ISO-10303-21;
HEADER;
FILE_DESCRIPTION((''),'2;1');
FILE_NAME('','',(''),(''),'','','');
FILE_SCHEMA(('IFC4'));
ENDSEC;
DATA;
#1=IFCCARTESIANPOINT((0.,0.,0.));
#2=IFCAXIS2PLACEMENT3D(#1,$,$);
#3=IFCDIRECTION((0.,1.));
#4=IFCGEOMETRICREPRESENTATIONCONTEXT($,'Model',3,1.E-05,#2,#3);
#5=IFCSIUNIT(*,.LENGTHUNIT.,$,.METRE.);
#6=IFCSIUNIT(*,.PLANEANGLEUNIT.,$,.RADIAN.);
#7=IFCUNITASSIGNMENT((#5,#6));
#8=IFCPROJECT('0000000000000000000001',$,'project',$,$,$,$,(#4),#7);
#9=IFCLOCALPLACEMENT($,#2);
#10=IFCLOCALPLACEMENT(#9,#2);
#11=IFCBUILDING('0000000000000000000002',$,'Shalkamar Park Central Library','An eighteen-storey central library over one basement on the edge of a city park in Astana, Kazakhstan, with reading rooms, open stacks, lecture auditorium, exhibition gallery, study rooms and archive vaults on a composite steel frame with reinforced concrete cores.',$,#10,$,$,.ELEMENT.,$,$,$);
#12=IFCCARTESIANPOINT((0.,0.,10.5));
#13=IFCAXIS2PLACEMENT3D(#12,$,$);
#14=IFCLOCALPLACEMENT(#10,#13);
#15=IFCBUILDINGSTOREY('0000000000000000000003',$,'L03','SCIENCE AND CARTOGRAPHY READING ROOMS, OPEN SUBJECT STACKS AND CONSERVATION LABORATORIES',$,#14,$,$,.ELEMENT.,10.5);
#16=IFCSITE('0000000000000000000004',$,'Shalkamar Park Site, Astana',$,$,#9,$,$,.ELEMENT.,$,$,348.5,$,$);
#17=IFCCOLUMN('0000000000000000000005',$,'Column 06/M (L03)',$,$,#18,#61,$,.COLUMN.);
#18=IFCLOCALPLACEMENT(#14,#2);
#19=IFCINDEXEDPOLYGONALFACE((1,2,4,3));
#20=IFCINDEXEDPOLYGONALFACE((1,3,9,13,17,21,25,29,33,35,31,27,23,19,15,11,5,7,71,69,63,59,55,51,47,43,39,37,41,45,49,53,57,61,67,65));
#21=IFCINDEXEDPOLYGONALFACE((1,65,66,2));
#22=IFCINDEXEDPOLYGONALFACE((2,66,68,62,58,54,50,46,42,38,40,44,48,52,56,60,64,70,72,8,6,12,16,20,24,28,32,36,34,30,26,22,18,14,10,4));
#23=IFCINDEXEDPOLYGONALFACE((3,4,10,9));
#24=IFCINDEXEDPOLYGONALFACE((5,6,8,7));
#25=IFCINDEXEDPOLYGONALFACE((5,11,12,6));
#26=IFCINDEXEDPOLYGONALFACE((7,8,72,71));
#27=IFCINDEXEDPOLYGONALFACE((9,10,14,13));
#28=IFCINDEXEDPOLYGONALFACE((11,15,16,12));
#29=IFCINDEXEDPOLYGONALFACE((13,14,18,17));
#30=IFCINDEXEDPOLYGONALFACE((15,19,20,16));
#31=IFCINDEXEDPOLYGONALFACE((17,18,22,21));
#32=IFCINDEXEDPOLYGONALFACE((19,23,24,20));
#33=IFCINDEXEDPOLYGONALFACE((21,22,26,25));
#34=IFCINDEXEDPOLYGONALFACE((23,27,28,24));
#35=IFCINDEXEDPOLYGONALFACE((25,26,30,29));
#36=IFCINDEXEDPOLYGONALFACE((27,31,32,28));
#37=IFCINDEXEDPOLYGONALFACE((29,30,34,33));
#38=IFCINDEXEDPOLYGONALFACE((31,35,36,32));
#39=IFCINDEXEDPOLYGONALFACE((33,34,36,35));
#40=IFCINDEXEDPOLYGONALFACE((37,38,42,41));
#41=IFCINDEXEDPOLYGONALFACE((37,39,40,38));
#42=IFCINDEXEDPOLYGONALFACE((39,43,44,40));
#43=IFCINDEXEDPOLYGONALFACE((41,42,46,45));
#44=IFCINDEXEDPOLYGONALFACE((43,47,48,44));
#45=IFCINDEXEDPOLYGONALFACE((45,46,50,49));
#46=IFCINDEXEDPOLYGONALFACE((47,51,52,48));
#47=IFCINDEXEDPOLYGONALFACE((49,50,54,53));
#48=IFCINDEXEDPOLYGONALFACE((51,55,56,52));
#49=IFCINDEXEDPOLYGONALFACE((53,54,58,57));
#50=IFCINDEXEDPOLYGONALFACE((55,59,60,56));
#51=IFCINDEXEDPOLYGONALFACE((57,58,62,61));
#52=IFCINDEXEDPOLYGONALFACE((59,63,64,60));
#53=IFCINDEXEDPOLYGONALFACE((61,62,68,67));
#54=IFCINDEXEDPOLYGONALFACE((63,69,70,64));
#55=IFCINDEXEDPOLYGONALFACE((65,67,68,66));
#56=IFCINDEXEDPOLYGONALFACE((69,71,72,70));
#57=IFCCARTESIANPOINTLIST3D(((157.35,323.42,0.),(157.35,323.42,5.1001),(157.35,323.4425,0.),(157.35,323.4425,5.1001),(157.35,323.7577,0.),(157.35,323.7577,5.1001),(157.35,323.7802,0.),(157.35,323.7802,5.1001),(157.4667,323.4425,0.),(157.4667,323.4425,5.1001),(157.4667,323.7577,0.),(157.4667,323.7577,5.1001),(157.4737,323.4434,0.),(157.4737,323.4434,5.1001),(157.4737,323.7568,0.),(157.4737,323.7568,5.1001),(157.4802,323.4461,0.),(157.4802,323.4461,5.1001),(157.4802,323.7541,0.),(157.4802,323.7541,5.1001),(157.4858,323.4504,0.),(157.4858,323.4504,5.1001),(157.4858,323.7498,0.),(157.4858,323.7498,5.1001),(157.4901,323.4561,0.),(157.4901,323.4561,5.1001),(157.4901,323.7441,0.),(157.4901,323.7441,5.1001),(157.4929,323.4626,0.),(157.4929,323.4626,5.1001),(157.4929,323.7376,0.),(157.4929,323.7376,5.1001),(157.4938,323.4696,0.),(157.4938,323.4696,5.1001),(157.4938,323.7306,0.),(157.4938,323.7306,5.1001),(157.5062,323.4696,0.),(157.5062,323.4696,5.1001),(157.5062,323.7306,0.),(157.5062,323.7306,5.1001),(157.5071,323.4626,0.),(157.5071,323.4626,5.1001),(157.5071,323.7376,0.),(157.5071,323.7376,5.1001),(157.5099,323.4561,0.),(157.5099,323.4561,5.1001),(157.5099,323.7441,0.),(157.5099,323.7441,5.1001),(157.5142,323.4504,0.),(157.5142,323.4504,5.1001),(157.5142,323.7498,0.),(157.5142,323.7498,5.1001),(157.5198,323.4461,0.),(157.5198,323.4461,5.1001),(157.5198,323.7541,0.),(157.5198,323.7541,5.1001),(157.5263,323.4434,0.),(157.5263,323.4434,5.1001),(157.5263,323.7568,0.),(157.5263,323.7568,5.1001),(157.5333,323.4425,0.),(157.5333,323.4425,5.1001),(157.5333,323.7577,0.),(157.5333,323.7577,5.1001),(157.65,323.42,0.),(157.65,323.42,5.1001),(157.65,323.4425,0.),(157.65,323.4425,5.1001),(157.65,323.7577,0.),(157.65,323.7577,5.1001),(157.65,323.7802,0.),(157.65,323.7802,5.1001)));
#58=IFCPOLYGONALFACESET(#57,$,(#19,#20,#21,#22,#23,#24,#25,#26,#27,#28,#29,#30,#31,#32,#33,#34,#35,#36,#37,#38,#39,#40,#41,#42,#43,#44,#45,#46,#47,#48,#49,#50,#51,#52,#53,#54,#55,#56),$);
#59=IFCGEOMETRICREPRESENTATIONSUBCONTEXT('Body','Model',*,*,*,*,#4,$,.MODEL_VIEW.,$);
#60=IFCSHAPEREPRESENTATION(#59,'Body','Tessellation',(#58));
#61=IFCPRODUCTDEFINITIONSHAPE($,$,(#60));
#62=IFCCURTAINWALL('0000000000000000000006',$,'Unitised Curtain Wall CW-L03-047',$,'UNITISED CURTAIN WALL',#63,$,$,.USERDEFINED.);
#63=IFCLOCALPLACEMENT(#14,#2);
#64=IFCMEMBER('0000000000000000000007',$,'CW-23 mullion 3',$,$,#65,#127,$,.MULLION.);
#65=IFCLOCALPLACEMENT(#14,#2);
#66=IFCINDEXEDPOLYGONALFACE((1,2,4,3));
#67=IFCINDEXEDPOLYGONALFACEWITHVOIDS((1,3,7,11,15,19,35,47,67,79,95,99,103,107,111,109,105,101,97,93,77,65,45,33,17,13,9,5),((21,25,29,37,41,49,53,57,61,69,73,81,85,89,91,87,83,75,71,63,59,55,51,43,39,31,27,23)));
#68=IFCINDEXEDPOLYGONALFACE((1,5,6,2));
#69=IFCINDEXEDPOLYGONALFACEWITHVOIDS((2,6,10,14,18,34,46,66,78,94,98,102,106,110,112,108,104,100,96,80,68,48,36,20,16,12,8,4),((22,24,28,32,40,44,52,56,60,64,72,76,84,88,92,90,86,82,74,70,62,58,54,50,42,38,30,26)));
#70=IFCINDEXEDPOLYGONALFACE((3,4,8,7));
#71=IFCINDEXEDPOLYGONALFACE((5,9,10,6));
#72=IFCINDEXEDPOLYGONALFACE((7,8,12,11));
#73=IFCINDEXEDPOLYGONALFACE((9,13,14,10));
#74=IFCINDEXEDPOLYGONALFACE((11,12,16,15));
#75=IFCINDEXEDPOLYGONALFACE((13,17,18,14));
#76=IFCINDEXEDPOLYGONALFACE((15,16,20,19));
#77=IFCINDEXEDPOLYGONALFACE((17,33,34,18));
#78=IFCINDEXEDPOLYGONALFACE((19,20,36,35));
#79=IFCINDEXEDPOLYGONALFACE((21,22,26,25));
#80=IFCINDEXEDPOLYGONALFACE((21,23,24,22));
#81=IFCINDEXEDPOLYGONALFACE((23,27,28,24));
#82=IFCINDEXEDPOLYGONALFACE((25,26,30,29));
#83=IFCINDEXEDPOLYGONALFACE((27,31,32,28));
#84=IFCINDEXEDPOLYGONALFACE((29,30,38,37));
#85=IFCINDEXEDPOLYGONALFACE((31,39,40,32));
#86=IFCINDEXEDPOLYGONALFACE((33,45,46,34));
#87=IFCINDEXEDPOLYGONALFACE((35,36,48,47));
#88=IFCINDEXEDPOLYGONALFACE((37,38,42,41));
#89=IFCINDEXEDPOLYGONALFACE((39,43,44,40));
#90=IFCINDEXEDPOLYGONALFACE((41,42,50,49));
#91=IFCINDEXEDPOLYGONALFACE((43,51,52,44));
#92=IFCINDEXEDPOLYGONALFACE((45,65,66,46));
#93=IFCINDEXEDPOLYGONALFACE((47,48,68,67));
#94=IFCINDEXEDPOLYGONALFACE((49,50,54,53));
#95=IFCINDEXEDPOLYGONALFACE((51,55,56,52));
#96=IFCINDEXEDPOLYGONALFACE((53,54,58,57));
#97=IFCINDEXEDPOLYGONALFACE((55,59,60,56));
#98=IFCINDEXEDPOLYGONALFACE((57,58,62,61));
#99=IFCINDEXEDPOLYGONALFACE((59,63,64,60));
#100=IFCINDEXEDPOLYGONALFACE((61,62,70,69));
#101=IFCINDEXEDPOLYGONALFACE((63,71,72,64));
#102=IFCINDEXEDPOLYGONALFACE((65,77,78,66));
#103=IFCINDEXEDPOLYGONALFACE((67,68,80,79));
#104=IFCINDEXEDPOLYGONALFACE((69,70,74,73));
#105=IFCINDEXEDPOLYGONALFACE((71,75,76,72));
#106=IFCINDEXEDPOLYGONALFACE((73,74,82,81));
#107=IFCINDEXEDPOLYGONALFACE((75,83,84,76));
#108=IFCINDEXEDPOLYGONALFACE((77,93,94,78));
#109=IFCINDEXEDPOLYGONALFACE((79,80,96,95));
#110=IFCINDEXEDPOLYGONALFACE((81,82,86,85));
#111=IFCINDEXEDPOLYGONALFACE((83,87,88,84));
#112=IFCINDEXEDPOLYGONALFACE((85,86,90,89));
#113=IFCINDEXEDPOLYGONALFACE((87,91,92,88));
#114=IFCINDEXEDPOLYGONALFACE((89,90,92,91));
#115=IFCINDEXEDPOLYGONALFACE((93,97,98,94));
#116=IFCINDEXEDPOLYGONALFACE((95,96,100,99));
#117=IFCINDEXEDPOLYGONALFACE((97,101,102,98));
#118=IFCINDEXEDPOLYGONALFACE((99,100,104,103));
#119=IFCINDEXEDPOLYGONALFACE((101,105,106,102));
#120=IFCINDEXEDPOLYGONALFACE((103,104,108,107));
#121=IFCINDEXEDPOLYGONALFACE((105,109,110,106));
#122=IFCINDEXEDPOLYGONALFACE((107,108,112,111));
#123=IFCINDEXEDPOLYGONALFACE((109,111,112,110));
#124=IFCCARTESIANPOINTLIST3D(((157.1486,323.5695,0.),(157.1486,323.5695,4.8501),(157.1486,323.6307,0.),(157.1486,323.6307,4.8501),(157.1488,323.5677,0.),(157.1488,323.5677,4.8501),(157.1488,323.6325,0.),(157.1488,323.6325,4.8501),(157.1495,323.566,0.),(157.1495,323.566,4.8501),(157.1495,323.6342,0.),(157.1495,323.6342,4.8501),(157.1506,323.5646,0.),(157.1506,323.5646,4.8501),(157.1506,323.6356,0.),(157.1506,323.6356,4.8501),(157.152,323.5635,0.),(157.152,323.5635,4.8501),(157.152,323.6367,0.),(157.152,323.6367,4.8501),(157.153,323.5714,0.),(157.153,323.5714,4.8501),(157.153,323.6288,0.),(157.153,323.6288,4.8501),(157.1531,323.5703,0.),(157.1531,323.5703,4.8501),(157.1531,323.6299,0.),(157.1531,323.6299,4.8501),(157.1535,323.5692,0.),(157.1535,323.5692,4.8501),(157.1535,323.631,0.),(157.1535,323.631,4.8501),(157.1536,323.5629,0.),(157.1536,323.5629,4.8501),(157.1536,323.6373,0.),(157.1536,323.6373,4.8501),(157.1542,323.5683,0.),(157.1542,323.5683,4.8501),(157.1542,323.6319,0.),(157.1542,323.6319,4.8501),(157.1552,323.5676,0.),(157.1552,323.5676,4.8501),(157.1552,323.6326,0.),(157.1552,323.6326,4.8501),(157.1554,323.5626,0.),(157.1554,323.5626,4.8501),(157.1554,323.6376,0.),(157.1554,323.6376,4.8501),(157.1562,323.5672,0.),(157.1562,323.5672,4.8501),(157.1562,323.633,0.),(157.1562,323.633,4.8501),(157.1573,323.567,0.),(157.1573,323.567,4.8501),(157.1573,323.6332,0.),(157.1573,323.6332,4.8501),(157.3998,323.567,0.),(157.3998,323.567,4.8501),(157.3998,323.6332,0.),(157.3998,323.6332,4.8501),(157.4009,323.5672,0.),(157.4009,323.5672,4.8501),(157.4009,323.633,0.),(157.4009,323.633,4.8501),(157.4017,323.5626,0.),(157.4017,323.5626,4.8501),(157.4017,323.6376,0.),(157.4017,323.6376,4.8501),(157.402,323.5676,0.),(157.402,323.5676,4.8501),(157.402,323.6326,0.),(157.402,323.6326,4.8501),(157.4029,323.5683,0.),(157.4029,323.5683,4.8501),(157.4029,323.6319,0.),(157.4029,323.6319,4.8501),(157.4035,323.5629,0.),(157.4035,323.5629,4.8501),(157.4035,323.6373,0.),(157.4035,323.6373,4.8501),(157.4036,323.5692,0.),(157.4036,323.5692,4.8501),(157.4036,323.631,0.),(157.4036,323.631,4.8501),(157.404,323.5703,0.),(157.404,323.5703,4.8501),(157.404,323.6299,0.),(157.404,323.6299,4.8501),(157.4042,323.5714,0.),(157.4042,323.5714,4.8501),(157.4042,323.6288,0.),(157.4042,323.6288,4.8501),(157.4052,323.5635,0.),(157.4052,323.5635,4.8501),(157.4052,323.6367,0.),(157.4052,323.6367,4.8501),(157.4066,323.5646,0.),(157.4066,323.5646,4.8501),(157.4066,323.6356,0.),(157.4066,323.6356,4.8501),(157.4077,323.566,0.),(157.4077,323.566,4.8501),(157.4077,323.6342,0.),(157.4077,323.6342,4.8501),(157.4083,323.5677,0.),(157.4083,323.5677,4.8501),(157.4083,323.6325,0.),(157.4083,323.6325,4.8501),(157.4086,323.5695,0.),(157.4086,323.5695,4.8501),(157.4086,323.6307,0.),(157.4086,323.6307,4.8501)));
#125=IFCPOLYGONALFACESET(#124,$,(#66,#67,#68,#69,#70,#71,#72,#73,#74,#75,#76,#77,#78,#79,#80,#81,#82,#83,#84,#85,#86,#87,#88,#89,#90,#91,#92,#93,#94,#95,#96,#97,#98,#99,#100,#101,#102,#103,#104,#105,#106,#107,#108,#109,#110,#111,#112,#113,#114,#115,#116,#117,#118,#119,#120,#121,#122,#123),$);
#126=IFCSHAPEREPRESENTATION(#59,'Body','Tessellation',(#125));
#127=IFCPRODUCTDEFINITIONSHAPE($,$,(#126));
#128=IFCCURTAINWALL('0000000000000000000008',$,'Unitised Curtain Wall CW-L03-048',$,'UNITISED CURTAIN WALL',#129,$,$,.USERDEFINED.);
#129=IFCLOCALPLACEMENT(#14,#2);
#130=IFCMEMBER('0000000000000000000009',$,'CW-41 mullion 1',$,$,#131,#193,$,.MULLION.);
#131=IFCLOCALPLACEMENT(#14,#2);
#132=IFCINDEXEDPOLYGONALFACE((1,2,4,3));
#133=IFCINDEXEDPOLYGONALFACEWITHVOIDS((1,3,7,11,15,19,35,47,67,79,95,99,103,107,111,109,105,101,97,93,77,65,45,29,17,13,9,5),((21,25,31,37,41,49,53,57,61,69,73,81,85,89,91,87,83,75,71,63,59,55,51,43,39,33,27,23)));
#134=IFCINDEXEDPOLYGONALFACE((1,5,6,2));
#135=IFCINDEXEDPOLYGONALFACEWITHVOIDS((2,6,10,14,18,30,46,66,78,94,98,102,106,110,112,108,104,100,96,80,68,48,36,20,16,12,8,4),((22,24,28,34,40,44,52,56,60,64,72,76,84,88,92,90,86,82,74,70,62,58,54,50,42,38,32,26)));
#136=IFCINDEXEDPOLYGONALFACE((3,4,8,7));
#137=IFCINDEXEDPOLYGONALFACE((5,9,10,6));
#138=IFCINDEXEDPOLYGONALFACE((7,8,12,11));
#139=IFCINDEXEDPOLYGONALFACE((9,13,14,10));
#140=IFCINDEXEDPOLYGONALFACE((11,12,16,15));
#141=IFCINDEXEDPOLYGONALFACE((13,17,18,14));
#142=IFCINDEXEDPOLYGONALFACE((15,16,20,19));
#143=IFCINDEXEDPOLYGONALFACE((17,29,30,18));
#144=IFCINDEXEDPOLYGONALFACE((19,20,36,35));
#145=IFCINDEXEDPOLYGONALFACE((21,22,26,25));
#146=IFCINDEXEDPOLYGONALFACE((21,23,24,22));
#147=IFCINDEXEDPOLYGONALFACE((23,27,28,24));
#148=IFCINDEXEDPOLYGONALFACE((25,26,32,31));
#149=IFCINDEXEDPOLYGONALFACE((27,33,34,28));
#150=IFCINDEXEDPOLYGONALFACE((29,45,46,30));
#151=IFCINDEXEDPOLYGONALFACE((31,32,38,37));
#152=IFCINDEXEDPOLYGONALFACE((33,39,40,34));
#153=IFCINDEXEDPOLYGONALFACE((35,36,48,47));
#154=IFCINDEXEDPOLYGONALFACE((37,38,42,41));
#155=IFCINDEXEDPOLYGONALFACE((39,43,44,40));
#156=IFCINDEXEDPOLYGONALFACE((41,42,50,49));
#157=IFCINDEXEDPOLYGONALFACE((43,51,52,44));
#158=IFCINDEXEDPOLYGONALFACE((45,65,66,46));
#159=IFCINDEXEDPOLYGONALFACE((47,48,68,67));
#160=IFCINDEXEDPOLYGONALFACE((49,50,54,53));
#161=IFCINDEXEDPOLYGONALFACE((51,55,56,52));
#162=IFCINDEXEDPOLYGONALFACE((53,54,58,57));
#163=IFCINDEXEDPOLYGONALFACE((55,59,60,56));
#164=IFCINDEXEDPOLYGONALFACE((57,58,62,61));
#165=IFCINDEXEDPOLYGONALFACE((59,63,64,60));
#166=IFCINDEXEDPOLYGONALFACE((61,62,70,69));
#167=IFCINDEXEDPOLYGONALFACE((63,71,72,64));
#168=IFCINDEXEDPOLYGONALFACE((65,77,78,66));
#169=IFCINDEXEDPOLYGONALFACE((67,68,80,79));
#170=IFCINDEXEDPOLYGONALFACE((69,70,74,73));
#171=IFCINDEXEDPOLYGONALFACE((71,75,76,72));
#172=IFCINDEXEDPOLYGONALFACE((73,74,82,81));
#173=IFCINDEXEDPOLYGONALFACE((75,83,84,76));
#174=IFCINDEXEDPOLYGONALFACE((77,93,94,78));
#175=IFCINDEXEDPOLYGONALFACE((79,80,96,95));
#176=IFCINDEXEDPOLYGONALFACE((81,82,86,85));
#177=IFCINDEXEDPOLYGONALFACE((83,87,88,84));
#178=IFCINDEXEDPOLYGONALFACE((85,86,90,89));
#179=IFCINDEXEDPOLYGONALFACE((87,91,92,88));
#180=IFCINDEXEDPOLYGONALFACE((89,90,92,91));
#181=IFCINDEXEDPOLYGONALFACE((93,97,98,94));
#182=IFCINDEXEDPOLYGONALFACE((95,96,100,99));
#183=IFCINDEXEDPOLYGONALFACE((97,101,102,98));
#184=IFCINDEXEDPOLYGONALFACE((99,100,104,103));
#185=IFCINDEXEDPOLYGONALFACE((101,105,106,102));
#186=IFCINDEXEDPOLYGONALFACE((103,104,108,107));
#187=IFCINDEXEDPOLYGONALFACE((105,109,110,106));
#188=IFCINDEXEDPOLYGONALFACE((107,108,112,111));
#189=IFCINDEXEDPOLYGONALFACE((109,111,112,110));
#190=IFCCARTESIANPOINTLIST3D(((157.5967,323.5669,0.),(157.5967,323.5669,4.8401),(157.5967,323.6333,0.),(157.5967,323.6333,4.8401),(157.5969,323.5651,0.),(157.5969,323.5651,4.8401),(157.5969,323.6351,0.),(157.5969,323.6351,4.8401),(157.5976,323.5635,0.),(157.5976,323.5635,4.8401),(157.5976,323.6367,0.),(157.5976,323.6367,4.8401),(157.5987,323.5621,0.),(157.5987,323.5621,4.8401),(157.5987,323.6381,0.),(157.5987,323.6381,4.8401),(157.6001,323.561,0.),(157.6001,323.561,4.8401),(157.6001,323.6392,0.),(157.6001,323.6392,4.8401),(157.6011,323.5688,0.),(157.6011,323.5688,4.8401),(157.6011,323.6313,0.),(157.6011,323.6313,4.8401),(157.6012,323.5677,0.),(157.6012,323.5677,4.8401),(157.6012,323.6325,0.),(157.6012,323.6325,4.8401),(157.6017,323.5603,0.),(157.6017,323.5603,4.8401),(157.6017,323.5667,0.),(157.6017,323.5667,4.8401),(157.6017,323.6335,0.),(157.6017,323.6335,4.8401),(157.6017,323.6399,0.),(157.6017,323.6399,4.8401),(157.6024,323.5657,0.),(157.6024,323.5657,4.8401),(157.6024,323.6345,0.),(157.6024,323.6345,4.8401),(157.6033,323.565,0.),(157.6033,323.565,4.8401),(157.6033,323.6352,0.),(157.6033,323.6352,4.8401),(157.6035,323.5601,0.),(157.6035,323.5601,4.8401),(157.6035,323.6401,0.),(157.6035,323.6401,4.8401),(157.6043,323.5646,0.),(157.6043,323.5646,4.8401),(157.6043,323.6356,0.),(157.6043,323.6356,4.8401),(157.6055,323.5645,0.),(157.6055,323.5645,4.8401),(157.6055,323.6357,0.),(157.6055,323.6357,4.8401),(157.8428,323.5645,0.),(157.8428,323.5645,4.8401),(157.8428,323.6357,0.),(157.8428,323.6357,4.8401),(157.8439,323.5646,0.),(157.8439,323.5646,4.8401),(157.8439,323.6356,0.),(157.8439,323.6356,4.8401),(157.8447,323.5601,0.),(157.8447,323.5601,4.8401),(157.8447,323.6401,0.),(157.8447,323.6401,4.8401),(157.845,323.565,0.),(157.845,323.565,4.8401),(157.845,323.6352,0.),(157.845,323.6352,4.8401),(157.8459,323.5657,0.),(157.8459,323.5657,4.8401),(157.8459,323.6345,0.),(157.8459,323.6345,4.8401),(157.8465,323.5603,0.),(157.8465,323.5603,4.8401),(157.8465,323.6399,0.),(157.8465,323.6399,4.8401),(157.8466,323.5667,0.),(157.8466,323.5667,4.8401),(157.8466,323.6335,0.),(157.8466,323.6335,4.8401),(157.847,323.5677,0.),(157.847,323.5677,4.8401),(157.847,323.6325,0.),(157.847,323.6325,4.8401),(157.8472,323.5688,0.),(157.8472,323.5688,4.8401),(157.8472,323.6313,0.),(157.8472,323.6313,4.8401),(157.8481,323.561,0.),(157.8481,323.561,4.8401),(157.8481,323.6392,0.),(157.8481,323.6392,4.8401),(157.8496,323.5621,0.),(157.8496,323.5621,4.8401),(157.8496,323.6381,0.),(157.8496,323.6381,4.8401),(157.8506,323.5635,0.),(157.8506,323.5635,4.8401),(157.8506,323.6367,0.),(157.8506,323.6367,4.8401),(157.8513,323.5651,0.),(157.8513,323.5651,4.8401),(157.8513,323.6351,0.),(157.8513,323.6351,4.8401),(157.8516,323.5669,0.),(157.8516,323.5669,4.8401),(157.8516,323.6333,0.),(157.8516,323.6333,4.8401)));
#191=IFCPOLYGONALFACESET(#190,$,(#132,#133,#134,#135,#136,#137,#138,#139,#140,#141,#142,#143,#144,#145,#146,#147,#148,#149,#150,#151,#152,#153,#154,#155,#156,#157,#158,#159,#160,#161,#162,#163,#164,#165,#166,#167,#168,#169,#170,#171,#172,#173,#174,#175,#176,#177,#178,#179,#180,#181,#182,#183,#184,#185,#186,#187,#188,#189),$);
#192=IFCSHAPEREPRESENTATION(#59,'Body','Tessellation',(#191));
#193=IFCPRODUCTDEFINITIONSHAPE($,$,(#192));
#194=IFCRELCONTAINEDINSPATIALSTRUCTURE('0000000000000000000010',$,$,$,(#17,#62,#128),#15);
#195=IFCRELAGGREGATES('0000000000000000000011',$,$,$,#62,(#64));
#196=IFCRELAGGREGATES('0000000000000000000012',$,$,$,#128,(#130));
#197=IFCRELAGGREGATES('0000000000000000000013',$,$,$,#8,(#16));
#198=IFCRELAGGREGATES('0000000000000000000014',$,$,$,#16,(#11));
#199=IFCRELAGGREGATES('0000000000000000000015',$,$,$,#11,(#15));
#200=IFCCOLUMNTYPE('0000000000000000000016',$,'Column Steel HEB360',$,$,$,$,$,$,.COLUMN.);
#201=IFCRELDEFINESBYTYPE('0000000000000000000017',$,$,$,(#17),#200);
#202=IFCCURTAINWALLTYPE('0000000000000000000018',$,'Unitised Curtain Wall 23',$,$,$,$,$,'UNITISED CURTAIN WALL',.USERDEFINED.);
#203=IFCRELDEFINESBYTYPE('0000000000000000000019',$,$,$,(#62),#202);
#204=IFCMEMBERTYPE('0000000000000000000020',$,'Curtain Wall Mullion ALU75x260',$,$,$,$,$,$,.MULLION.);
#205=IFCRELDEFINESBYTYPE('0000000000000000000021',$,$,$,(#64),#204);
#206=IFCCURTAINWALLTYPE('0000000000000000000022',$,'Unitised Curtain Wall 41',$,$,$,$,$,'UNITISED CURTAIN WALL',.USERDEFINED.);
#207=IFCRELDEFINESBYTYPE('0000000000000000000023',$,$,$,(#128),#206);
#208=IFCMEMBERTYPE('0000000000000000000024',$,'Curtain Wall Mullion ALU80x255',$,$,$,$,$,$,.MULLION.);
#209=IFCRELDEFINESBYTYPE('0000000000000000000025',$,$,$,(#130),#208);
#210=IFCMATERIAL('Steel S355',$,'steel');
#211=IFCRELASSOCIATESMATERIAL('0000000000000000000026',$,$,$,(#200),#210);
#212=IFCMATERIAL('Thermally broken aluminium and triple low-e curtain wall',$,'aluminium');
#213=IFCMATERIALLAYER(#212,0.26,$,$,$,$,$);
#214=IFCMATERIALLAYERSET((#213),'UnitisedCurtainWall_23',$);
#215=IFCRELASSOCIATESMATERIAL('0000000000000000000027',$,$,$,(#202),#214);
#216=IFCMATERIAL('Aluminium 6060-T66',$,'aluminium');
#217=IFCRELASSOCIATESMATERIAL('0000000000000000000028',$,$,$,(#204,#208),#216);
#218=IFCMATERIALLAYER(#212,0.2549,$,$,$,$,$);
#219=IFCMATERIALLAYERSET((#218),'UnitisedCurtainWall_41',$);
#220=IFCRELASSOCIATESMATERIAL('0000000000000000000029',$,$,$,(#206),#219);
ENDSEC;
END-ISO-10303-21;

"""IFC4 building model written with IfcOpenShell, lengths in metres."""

from ifc_helpers import new_model, si_unit, direction, frame, origin, origin_2d, place, context, subcontext, project, spatial, hollow_rectangle, i_section, extrude, material, layer, layer_set, material_profile, profile_set, type_object, element, aggregate, save


model = new_model("IFC4")

# Units and contexts
model_context = context("Model", 3, precision=1e-05, world=origin(), true_north=direction((0.0, 1.0)))
body_context = subcontext(model_context, "Body", "Model", "MODEL_VIEW")
ifc_project = project(units=[si_unit("LENGTHUNIT", "METRE"), si_unit("PLANEANGLEUNIT", "RADIAN")], contexts=[model_context])

# Site, building, storey
site_placement = place(None, origin())
site = spatial("IfcSite", under=ifc_project, at=site_placement, Name="Shalkamar Park Site, Astana", CompositionType="ELEMENT", RefElevation=348.5)
building_placement = place(site_placement, origin())
building = spatial("IfcBuilding", under=site, at=building_placement, Name="Shalkamar Park Central Library", Description="An eighteen-storey central library over one basement on the edge of a city park in Astana, Kazakhstan, with reading rooms, open stacks, lecture auditorium, exhibition gallery, study rooms and archive vaults on a composite steel frame with reinforced concrete cores.", CompositionType="ELEMENT")
storey_placement = place(building_placement, frame((0.0, 0.0, 10.5)))
storey = spatial("IfcBuildingStorey", under=building, at=storey_placement, Name="L03", Description="SCIENCE AND CARTOGRAPHY READING ROOMS, OPEN SUBJECT STACKS AND CONSERVATION LABORATORIES", CompositionType="ELEMENT", Elevation=10.5)

# Column
ifc_material_1 = material(Name="Steel S355", Category="steel")
ifc_material_profile_1 = material_profile(ifc_material_1, i_section(OverallWidth=0.3, OverallDepth=0.3601, WebThickness=0.0125, FlangeThickness=0.0225, FilletRadius=0.0271, at=origin_2d()), Name="HEB 360")
ifc_profile_set_1 = profile_set([ifc_material_profile_1], Name="Steel S355")
column_type = type_object("IfcColumnType", Name="Column Steel HEB360", PredefinedType="COLUMN", material=ifc_profile_set_1)
column_placement = place(storey_placement, frame((157.5, 323.6001, 0.0), z_axis=(0.0, 0.0, 1.0), x_axis=(1.0, 0.0, 0.0)))
element("IfcColumn", 1, at=column_placement, inside=storey, type_object=column_type, Name="Column 06/M (L03)", PredefinedType="COLUMN", context=body_context, shape_type="SweptSolid", body=[
    extrude(i_section(OverallWidth=0.3, OverallDepth=0.3601, WebThickness=0.0125, FlangeThickness=0.0225, FilletRadius=0.0271, at=origin_2d()), origin(), (0.0, 0.0, 1.0), 5.1001),
])

# Curtain wall, member
ifc_material_2 = material(Name="Thermally broken aluminium and triple low-e curtain wall", Category="aluminium")
ifc_layer_1 = layer(ifc_material_2, 0.26)
ifc_layer_set_1 = layer_set([ifc_layer_1], Name="UnitisedCurtainWall_23")
curtain_wall_type_1 = type_object("IfcCurtainWallType", Name="Unitised Curtain Wall 23", ElementType="UNITISED CURTAIN WALL", PredefinedType="USERDEFINED", material=ifc_layer_set_1)
curtain_wall_1_placement = place(storey_placement, origin())
curtain_wall_1 = element("IfcCurtainWall", 2, at=curtain_wall_1_placement, inside=storey, type_object=curtain_wall_type_1, Name="Unitised Curtain Wall CW-L03-047", ObjectType="UNITISED CURTAIN WALL", PredefinedType="USERDEFINED")
ifc_material_3 = material(Name="Aluminium 6060-T66", Category="aluminium")
ifc_material_profile_2 = material_profile(ifc_material_3, hollow_rectangle(XDim=0.075, YDim=0.26, WallThickness=0.0044, InnerFilletRadius=0.0044, OuterFilletRadius=0.0068, at=origin_2d()), Name="ALU 75x260x4.5")
ifc_profile_set_2 = profile_set([ifc_material_profile_2], Name="Aluminium 6060-T66")
member_type_1 = type_object("IfcMemberType", Name="Curtain Wall Mullion ALU75x260", PredefinedType="MULLION", material=ifc_profile_set_2)
member_1_placement = place(storey_placement, frame((157.2786, 323.6001, 0.0), z_axis=(0.0, 0.0, 1.0), x_axis=(0.0, 1.0, 0.0)))
member_1 = element("IfcMember", 3, at=member_1_placement, type_object=member_type_1, Name="CW-23 mullion 3", PredefinedType="MULLION", context=body_context, shape_type="SweptSolid", body=[
    extrude(hollow_rectangle(XDim=0.075, YDim=0.26, WallThickness=0.0044, InnerFilletRadius=0.0044, OuterFilletRadius=0.0068, at=origin_2d()), origin(), (0.0, 0.0, 1.0), 4.8501),
])

# Curtain wall, member
ifc_layer_2 = layer(ifc_material_2, 0.2549)
ifc_layer_set_2 = layer_set([ifc_layer_2], Name="UnitisedCurtainWall_41")
curtain_wall_type_2 = type_object("IfcCurtainWallType", Name="Unitised Curtain Wall 41", ElementType="UNITISED CURTAIN WALL", PredefinedType="USERDEFINED", material=ifc_layer_set_2)
curtain_wall_2_placement = place(storey_placement, origin())
curtain_wall_2 = element("IfcCurtainWall", 4, at=curtain_wall_2_placement, inside=storey, type_object=curtain_wall_type_2, Name="Unitised Curtain Wall CW-L03-048", ObjectType="UNITISED CURTAIN WALL", PredefinedType="USERDEFINED")
ifc_material_profile_3 = material_profile(ifc_material_3, hollow_rectangle(XDim=0.0801, YDim=0.2549, WallThickness=0.0044, InnerFilletRadius=0.0044, OuterFilletRadius=0.0068, at=origin_2d()), Name="ALU 80x255x4.5")
ifc_profile_set_3 = profile_set([ifc_material_profile_3], Name="Aluminium 6060-T66")
member_type_2 = type_object("IfcMemberType", Name="Curtain Wall Mullion ALU80x255", PredefinedType="MULLION", material=ifc_profile_set_3)
member_2_placement = place(storey_placement, frame((157.7241, 323.6001, 0.0), z_axis=(0.0, 0.0, 1.0), x_axis=(0.0, 1.0, 0.0)))
member_2 = element("IfcMember", 5, at=member_2_placement, type_object=member_type_2, Name="CW-41 mullion 1", PredefinedType="MULLION", context=body_context, shape_type="SweptSolid", body=[
    extrude(hollow_rectangle(XDim=0.0801, YDim=0.2549, WallThickness=0.0044, InnerFilletRadius=0.0044, OuterFilletRadius=0.0068, at=origin_2d()), origin(), (0.0, 0.0, 1.0), 4.8401),
])

aggregate(curtain_wall_1, [member_1])
aggregate(curtain_wall_2, [member_2])

save(model, "model.ifc")
